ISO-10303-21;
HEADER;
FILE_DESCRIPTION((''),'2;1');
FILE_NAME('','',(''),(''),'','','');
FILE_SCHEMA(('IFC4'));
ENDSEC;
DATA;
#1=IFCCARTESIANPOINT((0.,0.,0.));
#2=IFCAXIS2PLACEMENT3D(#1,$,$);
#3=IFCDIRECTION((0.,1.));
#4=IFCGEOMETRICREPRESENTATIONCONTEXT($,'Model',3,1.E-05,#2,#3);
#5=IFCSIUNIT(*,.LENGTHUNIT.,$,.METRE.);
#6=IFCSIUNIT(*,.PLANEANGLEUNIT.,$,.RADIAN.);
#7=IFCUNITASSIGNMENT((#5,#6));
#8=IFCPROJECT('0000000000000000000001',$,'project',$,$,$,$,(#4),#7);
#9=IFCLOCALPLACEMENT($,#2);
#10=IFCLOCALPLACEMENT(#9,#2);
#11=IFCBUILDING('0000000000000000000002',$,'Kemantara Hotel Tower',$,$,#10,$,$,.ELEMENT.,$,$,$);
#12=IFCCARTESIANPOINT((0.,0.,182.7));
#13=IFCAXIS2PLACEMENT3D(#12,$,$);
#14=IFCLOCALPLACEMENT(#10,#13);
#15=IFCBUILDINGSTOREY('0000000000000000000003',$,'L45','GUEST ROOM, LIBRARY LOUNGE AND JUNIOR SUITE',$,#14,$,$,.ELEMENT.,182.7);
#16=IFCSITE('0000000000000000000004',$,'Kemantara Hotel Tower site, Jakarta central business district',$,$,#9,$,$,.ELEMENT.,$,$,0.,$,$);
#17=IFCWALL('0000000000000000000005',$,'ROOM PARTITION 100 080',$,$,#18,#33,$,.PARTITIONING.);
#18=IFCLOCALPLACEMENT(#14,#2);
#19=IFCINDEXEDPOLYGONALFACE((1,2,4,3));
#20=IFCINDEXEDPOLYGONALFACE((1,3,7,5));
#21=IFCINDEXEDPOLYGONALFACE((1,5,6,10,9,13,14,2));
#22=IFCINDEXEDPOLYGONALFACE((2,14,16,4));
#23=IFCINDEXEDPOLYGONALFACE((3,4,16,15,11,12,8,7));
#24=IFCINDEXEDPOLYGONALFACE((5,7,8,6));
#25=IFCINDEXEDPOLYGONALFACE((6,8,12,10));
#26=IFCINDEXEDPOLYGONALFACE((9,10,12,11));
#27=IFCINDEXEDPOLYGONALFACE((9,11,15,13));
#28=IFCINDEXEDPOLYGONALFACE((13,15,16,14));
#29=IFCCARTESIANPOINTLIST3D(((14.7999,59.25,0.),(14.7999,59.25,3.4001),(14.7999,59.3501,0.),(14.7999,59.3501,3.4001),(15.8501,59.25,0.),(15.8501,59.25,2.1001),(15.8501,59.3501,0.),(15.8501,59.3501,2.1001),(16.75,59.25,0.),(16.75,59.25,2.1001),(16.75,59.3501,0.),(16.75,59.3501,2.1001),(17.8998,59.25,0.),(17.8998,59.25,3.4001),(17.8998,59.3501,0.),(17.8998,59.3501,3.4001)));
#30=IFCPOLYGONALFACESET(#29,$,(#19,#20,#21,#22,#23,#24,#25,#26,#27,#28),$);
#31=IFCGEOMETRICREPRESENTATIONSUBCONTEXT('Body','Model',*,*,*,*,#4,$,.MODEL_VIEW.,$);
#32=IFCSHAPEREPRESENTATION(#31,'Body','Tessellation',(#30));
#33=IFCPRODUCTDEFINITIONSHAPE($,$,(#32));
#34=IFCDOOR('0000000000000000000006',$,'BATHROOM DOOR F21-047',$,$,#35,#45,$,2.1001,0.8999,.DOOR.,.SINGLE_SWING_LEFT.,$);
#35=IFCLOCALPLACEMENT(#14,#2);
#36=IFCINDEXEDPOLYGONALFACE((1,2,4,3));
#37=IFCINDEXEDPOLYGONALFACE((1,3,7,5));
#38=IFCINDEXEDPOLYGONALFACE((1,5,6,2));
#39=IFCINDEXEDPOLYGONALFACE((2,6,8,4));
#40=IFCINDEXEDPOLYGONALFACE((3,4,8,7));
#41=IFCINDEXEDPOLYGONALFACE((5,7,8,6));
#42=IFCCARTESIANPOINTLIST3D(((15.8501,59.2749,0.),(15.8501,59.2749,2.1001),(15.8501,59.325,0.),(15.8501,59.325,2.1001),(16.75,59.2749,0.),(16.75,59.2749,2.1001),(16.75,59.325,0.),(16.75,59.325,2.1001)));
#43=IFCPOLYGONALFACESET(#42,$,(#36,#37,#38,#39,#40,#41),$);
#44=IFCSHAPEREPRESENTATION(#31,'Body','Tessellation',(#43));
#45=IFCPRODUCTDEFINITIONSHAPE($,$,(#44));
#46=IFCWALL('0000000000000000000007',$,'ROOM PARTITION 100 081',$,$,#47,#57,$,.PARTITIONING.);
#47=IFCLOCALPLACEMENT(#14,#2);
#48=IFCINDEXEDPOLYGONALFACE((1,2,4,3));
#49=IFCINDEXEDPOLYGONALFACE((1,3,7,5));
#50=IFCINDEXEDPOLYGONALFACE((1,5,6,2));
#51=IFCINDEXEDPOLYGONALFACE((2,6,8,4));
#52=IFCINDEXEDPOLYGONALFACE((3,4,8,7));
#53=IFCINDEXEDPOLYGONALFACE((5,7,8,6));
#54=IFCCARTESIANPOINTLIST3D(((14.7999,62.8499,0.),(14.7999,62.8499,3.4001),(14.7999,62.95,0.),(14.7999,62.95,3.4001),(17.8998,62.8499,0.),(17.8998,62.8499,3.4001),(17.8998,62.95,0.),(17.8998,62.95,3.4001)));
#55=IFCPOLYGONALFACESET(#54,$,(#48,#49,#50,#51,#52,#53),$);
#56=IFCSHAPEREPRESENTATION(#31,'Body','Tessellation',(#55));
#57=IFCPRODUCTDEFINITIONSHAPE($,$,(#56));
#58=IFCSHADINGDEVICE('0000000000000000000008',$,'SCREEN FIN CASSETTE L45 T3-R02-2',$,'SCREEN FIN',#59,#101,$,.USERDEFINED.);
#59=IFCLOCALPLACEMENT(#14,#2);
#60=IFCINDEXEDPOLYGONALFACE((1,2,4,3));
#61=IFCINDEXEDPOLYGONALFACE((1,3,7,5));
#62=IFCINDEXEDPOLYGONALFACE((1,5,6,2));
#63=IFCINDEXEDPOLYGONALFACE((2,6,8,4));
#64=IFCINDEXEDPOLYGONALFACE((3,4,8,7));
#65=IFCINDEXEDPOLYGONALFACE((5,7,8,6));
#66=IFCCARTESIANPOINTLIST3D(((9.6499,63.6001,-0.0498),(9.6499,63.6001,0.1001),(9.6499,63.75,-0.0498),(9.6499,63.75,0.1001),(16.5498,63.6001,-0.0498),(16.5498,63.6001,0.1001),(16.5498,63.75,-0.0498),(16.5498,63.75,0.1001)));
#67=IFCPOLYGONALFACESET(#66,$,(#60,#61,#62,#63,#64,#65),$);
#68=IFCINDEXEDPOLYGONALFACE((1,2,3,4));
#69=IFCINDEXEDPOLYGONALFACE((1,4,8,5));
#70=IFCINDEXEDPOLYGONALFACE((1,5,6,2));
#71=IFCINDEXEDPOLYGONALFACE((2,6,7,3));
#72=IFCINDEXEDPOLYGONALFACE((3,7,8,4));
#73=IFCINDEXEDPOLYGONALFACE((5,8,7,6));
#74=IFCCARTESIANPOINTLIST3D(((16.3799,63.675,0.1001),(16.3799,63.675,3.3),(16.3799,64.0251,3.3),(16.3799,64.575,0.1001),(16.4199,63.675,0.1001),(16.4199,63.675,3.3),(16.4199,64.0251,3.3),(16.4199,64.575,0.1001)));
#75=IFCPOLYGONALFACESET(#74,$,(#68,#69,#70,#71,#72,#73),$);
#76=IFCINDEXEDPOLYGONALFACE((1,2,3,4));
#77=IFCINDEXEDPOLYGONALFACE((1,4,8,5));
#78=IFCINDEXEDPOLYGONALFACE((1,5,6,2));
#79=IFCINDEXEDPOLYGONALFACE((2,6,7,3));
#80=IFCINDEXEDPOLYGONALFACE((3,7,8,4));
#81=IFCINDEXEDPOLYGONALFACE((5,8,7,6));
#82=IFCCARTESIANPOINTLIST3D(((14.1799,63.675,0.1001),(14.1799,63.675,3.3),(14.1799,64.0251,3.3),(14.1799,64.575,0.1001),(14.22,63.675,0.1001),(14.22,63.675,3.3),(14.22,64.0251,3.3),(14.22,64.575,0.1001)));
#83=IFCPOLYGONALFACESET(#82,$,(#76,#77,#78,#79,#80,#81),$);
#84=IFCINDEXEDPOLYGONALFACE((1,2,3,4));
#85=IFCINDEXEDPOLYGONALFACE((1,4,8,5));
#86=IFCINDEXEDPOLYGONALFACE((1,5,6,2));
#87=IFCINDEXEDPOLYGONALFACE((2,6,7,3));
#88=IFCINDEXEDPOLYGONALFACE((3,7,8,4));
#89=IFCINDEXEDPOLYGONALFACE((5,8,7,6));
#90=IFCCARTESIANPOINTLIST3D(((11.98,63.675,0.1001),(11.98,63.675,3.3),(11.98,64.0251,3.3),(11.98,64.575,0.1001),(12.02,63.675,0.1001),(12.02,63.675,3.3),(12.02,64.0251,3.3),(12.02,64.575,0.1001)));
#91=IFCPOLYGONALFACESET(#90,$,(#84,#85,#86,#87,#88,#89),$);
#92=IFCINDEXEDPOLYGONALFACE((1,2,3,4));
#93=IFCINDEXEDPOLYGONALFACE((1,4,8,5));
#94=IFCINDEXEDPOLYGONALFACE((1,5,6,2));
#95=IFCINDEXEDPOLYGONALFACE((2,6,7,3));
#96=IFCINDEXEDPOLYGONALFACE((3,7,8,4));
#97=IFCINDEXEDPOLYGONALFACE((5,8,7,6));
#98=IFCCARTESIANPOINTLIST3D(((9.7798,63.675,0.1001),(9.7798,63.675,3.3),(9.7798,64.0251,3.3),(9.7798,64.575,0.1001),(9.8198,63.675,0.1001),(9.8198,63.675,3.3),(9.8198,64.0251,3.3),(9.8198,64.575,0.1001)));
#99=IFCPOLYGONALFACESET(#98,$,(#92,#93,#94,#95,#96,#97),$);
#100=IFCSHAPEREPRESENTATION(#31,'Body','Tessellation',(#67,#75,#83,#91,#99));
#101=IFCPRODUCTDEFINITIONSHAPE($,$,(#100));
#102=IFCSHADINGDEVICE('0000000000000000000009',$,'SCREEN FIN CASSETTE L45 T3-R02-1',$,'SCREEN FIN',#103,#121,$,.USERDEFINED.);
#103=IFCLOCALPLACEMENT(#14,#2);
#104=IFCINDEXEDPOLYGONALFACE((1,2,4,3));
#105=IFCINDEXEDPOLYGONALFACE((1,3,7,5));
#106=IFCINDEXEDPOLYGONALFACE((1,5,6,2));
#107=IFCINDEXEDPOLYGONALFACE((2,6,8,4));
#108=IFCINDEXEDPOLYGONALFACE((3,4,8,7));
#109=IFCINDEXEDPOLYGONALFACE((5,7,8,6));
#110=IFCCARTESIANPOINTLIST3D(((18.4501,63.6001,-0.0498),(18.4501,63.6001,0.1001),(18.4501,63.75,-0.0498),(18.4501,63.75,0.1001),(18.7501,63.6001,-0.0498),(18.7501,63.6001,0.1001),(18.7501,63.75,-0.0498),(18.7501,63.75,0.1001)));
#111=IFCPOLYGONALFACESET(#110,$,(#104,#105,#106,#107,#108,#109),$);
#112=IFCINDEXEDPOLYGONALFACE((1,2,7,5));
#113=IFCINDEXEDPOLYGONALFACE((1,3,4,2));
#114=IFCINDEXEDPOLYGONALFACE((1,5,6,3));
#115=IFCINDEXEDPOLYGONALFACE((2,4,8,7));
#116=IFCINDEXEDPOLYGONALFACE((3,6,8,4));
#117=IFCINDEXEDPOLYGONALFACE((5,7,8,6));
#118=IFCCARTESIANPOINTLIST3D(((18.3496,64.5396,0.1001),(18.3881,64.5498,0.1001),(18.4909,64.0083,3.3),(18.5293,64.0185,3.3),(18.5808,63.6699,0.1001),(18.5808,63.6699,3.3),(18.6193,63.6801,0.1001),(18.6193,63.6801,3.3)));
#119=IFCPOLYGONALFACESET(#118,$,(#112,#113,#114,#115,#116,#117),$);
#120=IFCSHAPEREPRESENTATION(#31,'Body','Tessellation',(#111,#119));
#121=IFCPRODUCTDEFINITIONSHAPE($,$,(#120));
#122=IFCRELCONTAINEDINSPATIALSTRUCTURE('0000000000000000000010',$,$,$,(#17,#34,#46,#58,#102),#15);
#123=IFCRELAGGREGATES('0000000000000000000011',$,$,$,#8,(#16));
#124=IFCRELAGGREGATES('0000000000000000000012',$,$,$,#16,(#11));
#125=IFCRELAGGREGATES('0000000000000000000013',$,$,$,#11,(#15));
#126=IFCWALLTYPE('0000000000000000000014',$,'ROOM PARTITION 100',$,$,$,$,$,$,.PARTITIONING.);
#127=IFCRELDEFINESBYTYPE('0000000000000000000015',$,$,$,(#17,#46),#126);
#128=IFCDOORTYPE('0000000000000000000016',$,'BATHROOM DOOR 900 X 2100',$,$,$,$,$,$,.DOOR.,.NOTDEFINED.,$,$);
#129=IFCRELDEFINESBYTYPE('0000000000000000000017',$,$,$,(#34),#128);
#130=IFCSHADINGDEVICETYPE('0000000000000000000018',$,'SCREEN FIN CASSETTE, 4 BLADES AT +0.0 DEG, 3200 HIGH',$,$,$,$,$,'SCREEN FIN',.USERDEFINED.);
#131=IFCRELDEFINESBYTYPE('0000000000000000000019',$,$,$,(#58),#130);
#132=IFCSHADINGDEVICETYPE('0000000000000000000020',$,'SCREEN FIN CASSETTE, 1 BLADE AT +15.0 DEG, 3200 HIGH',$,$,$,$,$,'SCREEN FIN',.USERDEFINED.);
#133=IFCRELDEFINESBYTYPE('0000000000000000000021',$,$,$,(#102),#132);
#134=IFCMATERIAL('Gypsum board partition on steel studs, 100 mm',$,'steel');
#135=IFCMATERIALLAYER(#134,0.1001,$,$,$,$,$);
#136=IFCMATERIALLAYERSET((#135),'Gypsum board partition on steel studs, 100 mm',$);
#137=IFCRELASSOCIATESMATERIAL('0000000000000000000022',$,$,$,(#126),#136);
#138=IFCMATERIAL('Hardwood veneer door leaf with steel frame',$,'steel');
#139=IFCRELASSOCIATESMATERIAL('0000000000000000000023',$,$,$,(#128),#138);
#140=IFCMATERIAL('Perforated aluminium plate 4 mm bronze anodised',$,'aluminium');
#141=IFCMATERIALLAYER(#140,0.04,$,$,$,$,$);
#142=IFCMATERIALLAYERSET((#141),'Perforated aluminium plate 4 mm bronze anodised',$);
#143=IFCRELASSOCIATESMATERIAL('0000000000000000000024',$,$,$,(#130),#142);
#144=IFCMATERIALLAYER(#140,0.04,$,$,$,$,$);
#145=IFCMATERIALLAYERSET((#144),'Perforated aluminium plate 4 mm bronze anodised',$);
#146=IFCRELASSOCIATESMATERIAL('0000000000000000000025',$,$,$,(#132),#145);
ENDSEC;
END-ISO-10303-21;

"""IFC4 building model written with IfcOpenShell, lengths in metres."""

from ifc_helpers import new_model, si_unit, direction, frame, frame_2d, origin, origin_2d, place, context, subcontext, project, spatial, polyline, rectangle, outline, extrude, source, transform, mapped, material, layer, layer_set, type_object, element, fill, save


model = new_model("IFC4")

# Units and contexts
model_context = context("Model", 3, precision=1e-05, world=origin(), true_north=direction((0.0, 1.0)))
body_context = subcontext(model_context, "Body", "Model", "MODEL_VIEW")
ifc_project = project(units=[si_unit("LENGTHUNIT", "METRE"), si_unit("PLANEANGLEUNIT", "RADIAN")], contexts=[model_context])

# Site, building, storey
site_placement = place(None, origin())
site = spatial("IfcSite", under=ifc_project, at=site_placement, Name="Kemantara Hotel Tower site, Jakarta central business district", CompositionType="ELEMENT", RefElevation=0.0)
building_placement = place(site_placement, origin())
building = spatial("IfcBuilding", under=site, at=building_placement, Name="Kemantara Hotel Tower", CompositionType="ELEMENT")
storey_placement = place(building_placement, frame((0.0, 0.0, 182.7)))
storey = spatial("IfcBuildingStorey", under=building, at=storey_placement, Name="L45", Description="GUEST ROOM, LIBRARY LOUNGE AND JUNIOR SUITE", CompositionType="ELEMENT", Elevation=182.7)

# Shared definitions
ifc_material_1 = material(Name="Hardwood veneer door leaf with steel frame", Category="steel")

# Shared definitions
ifc_material_2 = material(Name="Gypsum board partition on steel studs, 100 mm", Category="steel")
ifc_layer_1 = layer(ifc_material_2, 0.1001)
ifc_layer_set_1 = layer_set([ifc_layer_1], Name="Gypsum board partition on steel studs, 100 mm")
wall_type_1 = type_object("IfcWallType", Name="ROOM PARTITION 100", PredefinedType="PARTITIONING", material=ifc_layer_set_1)

# Wall, opening, door
wall_1_placement = place(storey_placement, frame((14.8, 59.3, 0.0), z_axis=(0.0, 0.0, 1.0), x_axis=(1.0, 0.0, 0.0)))
wall_1 = element("IfcWall", 1, at=wall_1_placement, inside=storey, type_object=wall_type_1, Name="ROOM PARTITION 100 080", PredefinedType="PARTITIONING", context=body_context, shape_type="SweptSolid", body=[
    extrude(rectangle(XDim=3.0999, YDim=0.1001, at=frame_2d((1.5498, 0.0))), origin(), (0.0, 0.0, 1.0), 3.4001),
])
opening_1_placement = place(wall_1_placement, frame((1.05, 0.0, 0.0)))
opening_1 = element("IfcOpeningElement", 2, at=opening_1_placement, cuts=wall_1, PredefinedType="OPENING", context=body_context, shape_type="SweptSolid", body=[
    extrude(rectangle(XDim=0.8999, YDim=2.1001, at=frame_2d((0.45, 1.05))), frame((0.0, 0.0601, 0.0), z_axis=(0.0, -1.0, 0.0), x_axis=(1.0, 0.0, 0.0)), (0.0, 0.0, 1.0), 0.1201),
])
door_type_1 = type_object("IfcDoorType", Name="BATHROOM DOOR 900 X 2100", OperationType="NOTDEFINED", PredefinedType="DOOR", material=ifc_material_1)
door_1_placement = place(opening_1_placement, origin())
door_1 = element("IfcDoor", 3, at=door_1_placement, inside=storey, type_object=door_type_1, Name="BATHROOM DOOR F21-047", OperationType="SINGLE_SWING_LEFT", OverallHeight=2.1001, OverallWidth=0.8999, PredefinedType="DOOR", context=body_context, shape_type="SweptSolid", body=[
    extrude(rectangle(XDim=0.8999, YDim=2.1001, at=frame_2d((0.45, 1.05))), frame((0.0, 0.0249, 0.0), z_axis=(0.0, -1.0, 0.0), x_axis=(1.0, 0.0, 0.0)), (0.0, 0.0, 1.0), 0.05),
])
fill(opening_1, door_1)

# Wall
wall_2_placement = place(storey_placement, frame((14.8, 62.8999, 0.0), z_axis=(0.0, 0.0, 1.0), x_axis=(1.0, 0.0, 0.0)))
element("IfcWall", 4, at=wall_2_placement, inside=storey, type_object=wall_type_1, Name="ROOM PARTITION 100 081", PredefinedType="PARTITIONING", context=body_context, shape_type="SweptSolid", body=[
    extrude(rectangle(XDim=3.0999, YDim=0.1001, at=frame_2d((1.5498, 0.0))), origin(), (0.0, 0.0, 1.0), 3.4001),
])

# Shading devices
ifc_material_3 = material(Name="Perforated aluminium plate 4 mm bronze anodised", Category="aluminium")
ifc_layer_2 = layer(ifc_material_3, 0.04)
ifc_layer_set_2 = layer_set([ifc_layer_2], Name="Perforated aluminium plate 4 mm bronze anodised")
shading_device_type_1 = type_object("IfcShadingDeviceType", Name="SCREEN FIN CASSETTE, 4 BLADES AT +0.0 DEG, 3200 HIGH", ElementType="SCREEN FIN", PredefinedType="USERDEFINED", material=ifc_layer_set_2)
shared_shape_1 = source(origin(), body_context, "Body", "SweptSolid", [
    extrude(rectangle(XDim=6.8999, YDim=0.1499, at=origin_2d()), frame((3.3, -0.075, -0.1499), z_axis=(0.0, 0.0, 1.0), x_axis=(1.0, 0.0, 0.0)), (0.0, 0.0, 1.0), 0.1499),
    extrude(outline(polyline([(0.0, 0.0), (0.8999, 0.0), (0.3501, 3.2), (0.0, 3.2), (0.0, 0.0)])), frame((0.02, -0.075, 0.0), z_axis=(-1.0, 0.0, 0.0), x_axis=(0.0, -1.0, 0.0)), (0.0, 0.0, 1.0), 0.04),
    extrude(outline(polyline([(0.0, 0.0), (0.8999, 0.0), (0.3501, 3.2), (0.0, 3.2), (0.0, 0.0)])), frame((2.22, -0.075, 0.0), z_axis=(-1.0, 0.0, 0.0), x_axis=(0.0, -1.0, 0.0)), (0.0, 0.0, 1.0), 0.04),
    extrude(outline(polyline([(0.0, 0.0), (0.8999, 0.0), (0.3501, 3.2), (0.0, 3.2), (0.0, 0.0)])), frame((4.4199, -0.075, 0.0), z_axis=(-1.0, 0.0, 0.0), x_axis=(0.0, -1.0, 0.0)), (0.0, 0.0, 1.0), 0.04),
    extrude(outline(polyline([(0.0, 0.0), (0.8999, 0.0), (0.3501, 3.2), (0.0, 3.2), (0.0, 0.0)])), frame((6.6201, -0.075, 0.0), z_axis=(-1.0, 0.0, 0.0), x_axis=(0.0, -1.0, 0.0)), (0.0, 0.0, 1.0), 0.04),
])
shading_device_1_placement = place(storey_placement, frame((16.3999, 63.6001, 0.1001), z_axis=(0.0, 0.0, 1.0), x_axis=(-1.0, 0.0, 0.0)))
element("IfcShadingDevice", 5, at=shading_device_1_placement, inside=storey, type_object=shading_device_type_1, Name="SCREEN FIN CASSETTE L45 T3-R02-2", ObjectType="SCREEN FIN", PredefinedType="USERDEFINED", context=body_context, shape_type="MappedRepresentation", body=[
    mapped(shared_shape_1, transform((0.0, 0.0, 0.0))),
])
ifc_layer_3 = layer(ifc_material_3, 0.04)
ifc_layer_set_3 = layer_set([ifc_layer_3], Name="Perforated aluminium plate 4 mm bronze anodised")
shading_device_type_2 = type_object("IfcShadingDeviceType", Name="SCREEN FIN CASSETTE, 1 BLADE AT +15.0 DEG, 3200 HIGH", ElementType="SCREEN FIN", PredefinedType="USERDEFINED", material=ifc_layer_set_3)
shared_shape_2 = source(origin(), body_context, "Body", "SweptSolid", [
    extrude(rectangle(XDim=0.3, YDim=0.1499, at=origin_2d()), frame((0.0, -0.075, -0.1499), z_axis=(0.0, 0.0, 1.0), x_axis=(1.0, 0.0, 0.0)), (0.0, 0.0, 1.0), 0.1499),
    extrude(outline(polyline([(0.0, 0.0), (0.8999, 0.0), (0.3501, 3.2), (0.0, 3.2), (0.0, 0.0)])), frame((0.0193, -0.0698, 0.0), z_axis=(-0.966438, -0.256901, 0.0), x_axis=(0.256901, -0.966438, 0.0)), (0.0, 0.0, 1.0), 0.0398),
])
shading_device_2_placement = place(storey_placement, frame((18.6001, 63.6001, 0.1001), z_axis=(0.0, 0.0, 1.0), x_axis=(-1.0, 0.0, 0.0)))
element("IfcShadingDevice", 6, at=shading_device_2_placement, inside=storey, type_object=shading_device_type_2, Name="SCREEN FIN CASSETTE L45 T3-R02-1", ObjectType="SCREEN FIN", PredefinedType="USERDEFINED", context=body_context, shape_type="MappedRepresentation", body=[
    mapped(shared_shape_2, transform((0.0, 0.0, 0.0))),
])

save(model, "model.ifc")
